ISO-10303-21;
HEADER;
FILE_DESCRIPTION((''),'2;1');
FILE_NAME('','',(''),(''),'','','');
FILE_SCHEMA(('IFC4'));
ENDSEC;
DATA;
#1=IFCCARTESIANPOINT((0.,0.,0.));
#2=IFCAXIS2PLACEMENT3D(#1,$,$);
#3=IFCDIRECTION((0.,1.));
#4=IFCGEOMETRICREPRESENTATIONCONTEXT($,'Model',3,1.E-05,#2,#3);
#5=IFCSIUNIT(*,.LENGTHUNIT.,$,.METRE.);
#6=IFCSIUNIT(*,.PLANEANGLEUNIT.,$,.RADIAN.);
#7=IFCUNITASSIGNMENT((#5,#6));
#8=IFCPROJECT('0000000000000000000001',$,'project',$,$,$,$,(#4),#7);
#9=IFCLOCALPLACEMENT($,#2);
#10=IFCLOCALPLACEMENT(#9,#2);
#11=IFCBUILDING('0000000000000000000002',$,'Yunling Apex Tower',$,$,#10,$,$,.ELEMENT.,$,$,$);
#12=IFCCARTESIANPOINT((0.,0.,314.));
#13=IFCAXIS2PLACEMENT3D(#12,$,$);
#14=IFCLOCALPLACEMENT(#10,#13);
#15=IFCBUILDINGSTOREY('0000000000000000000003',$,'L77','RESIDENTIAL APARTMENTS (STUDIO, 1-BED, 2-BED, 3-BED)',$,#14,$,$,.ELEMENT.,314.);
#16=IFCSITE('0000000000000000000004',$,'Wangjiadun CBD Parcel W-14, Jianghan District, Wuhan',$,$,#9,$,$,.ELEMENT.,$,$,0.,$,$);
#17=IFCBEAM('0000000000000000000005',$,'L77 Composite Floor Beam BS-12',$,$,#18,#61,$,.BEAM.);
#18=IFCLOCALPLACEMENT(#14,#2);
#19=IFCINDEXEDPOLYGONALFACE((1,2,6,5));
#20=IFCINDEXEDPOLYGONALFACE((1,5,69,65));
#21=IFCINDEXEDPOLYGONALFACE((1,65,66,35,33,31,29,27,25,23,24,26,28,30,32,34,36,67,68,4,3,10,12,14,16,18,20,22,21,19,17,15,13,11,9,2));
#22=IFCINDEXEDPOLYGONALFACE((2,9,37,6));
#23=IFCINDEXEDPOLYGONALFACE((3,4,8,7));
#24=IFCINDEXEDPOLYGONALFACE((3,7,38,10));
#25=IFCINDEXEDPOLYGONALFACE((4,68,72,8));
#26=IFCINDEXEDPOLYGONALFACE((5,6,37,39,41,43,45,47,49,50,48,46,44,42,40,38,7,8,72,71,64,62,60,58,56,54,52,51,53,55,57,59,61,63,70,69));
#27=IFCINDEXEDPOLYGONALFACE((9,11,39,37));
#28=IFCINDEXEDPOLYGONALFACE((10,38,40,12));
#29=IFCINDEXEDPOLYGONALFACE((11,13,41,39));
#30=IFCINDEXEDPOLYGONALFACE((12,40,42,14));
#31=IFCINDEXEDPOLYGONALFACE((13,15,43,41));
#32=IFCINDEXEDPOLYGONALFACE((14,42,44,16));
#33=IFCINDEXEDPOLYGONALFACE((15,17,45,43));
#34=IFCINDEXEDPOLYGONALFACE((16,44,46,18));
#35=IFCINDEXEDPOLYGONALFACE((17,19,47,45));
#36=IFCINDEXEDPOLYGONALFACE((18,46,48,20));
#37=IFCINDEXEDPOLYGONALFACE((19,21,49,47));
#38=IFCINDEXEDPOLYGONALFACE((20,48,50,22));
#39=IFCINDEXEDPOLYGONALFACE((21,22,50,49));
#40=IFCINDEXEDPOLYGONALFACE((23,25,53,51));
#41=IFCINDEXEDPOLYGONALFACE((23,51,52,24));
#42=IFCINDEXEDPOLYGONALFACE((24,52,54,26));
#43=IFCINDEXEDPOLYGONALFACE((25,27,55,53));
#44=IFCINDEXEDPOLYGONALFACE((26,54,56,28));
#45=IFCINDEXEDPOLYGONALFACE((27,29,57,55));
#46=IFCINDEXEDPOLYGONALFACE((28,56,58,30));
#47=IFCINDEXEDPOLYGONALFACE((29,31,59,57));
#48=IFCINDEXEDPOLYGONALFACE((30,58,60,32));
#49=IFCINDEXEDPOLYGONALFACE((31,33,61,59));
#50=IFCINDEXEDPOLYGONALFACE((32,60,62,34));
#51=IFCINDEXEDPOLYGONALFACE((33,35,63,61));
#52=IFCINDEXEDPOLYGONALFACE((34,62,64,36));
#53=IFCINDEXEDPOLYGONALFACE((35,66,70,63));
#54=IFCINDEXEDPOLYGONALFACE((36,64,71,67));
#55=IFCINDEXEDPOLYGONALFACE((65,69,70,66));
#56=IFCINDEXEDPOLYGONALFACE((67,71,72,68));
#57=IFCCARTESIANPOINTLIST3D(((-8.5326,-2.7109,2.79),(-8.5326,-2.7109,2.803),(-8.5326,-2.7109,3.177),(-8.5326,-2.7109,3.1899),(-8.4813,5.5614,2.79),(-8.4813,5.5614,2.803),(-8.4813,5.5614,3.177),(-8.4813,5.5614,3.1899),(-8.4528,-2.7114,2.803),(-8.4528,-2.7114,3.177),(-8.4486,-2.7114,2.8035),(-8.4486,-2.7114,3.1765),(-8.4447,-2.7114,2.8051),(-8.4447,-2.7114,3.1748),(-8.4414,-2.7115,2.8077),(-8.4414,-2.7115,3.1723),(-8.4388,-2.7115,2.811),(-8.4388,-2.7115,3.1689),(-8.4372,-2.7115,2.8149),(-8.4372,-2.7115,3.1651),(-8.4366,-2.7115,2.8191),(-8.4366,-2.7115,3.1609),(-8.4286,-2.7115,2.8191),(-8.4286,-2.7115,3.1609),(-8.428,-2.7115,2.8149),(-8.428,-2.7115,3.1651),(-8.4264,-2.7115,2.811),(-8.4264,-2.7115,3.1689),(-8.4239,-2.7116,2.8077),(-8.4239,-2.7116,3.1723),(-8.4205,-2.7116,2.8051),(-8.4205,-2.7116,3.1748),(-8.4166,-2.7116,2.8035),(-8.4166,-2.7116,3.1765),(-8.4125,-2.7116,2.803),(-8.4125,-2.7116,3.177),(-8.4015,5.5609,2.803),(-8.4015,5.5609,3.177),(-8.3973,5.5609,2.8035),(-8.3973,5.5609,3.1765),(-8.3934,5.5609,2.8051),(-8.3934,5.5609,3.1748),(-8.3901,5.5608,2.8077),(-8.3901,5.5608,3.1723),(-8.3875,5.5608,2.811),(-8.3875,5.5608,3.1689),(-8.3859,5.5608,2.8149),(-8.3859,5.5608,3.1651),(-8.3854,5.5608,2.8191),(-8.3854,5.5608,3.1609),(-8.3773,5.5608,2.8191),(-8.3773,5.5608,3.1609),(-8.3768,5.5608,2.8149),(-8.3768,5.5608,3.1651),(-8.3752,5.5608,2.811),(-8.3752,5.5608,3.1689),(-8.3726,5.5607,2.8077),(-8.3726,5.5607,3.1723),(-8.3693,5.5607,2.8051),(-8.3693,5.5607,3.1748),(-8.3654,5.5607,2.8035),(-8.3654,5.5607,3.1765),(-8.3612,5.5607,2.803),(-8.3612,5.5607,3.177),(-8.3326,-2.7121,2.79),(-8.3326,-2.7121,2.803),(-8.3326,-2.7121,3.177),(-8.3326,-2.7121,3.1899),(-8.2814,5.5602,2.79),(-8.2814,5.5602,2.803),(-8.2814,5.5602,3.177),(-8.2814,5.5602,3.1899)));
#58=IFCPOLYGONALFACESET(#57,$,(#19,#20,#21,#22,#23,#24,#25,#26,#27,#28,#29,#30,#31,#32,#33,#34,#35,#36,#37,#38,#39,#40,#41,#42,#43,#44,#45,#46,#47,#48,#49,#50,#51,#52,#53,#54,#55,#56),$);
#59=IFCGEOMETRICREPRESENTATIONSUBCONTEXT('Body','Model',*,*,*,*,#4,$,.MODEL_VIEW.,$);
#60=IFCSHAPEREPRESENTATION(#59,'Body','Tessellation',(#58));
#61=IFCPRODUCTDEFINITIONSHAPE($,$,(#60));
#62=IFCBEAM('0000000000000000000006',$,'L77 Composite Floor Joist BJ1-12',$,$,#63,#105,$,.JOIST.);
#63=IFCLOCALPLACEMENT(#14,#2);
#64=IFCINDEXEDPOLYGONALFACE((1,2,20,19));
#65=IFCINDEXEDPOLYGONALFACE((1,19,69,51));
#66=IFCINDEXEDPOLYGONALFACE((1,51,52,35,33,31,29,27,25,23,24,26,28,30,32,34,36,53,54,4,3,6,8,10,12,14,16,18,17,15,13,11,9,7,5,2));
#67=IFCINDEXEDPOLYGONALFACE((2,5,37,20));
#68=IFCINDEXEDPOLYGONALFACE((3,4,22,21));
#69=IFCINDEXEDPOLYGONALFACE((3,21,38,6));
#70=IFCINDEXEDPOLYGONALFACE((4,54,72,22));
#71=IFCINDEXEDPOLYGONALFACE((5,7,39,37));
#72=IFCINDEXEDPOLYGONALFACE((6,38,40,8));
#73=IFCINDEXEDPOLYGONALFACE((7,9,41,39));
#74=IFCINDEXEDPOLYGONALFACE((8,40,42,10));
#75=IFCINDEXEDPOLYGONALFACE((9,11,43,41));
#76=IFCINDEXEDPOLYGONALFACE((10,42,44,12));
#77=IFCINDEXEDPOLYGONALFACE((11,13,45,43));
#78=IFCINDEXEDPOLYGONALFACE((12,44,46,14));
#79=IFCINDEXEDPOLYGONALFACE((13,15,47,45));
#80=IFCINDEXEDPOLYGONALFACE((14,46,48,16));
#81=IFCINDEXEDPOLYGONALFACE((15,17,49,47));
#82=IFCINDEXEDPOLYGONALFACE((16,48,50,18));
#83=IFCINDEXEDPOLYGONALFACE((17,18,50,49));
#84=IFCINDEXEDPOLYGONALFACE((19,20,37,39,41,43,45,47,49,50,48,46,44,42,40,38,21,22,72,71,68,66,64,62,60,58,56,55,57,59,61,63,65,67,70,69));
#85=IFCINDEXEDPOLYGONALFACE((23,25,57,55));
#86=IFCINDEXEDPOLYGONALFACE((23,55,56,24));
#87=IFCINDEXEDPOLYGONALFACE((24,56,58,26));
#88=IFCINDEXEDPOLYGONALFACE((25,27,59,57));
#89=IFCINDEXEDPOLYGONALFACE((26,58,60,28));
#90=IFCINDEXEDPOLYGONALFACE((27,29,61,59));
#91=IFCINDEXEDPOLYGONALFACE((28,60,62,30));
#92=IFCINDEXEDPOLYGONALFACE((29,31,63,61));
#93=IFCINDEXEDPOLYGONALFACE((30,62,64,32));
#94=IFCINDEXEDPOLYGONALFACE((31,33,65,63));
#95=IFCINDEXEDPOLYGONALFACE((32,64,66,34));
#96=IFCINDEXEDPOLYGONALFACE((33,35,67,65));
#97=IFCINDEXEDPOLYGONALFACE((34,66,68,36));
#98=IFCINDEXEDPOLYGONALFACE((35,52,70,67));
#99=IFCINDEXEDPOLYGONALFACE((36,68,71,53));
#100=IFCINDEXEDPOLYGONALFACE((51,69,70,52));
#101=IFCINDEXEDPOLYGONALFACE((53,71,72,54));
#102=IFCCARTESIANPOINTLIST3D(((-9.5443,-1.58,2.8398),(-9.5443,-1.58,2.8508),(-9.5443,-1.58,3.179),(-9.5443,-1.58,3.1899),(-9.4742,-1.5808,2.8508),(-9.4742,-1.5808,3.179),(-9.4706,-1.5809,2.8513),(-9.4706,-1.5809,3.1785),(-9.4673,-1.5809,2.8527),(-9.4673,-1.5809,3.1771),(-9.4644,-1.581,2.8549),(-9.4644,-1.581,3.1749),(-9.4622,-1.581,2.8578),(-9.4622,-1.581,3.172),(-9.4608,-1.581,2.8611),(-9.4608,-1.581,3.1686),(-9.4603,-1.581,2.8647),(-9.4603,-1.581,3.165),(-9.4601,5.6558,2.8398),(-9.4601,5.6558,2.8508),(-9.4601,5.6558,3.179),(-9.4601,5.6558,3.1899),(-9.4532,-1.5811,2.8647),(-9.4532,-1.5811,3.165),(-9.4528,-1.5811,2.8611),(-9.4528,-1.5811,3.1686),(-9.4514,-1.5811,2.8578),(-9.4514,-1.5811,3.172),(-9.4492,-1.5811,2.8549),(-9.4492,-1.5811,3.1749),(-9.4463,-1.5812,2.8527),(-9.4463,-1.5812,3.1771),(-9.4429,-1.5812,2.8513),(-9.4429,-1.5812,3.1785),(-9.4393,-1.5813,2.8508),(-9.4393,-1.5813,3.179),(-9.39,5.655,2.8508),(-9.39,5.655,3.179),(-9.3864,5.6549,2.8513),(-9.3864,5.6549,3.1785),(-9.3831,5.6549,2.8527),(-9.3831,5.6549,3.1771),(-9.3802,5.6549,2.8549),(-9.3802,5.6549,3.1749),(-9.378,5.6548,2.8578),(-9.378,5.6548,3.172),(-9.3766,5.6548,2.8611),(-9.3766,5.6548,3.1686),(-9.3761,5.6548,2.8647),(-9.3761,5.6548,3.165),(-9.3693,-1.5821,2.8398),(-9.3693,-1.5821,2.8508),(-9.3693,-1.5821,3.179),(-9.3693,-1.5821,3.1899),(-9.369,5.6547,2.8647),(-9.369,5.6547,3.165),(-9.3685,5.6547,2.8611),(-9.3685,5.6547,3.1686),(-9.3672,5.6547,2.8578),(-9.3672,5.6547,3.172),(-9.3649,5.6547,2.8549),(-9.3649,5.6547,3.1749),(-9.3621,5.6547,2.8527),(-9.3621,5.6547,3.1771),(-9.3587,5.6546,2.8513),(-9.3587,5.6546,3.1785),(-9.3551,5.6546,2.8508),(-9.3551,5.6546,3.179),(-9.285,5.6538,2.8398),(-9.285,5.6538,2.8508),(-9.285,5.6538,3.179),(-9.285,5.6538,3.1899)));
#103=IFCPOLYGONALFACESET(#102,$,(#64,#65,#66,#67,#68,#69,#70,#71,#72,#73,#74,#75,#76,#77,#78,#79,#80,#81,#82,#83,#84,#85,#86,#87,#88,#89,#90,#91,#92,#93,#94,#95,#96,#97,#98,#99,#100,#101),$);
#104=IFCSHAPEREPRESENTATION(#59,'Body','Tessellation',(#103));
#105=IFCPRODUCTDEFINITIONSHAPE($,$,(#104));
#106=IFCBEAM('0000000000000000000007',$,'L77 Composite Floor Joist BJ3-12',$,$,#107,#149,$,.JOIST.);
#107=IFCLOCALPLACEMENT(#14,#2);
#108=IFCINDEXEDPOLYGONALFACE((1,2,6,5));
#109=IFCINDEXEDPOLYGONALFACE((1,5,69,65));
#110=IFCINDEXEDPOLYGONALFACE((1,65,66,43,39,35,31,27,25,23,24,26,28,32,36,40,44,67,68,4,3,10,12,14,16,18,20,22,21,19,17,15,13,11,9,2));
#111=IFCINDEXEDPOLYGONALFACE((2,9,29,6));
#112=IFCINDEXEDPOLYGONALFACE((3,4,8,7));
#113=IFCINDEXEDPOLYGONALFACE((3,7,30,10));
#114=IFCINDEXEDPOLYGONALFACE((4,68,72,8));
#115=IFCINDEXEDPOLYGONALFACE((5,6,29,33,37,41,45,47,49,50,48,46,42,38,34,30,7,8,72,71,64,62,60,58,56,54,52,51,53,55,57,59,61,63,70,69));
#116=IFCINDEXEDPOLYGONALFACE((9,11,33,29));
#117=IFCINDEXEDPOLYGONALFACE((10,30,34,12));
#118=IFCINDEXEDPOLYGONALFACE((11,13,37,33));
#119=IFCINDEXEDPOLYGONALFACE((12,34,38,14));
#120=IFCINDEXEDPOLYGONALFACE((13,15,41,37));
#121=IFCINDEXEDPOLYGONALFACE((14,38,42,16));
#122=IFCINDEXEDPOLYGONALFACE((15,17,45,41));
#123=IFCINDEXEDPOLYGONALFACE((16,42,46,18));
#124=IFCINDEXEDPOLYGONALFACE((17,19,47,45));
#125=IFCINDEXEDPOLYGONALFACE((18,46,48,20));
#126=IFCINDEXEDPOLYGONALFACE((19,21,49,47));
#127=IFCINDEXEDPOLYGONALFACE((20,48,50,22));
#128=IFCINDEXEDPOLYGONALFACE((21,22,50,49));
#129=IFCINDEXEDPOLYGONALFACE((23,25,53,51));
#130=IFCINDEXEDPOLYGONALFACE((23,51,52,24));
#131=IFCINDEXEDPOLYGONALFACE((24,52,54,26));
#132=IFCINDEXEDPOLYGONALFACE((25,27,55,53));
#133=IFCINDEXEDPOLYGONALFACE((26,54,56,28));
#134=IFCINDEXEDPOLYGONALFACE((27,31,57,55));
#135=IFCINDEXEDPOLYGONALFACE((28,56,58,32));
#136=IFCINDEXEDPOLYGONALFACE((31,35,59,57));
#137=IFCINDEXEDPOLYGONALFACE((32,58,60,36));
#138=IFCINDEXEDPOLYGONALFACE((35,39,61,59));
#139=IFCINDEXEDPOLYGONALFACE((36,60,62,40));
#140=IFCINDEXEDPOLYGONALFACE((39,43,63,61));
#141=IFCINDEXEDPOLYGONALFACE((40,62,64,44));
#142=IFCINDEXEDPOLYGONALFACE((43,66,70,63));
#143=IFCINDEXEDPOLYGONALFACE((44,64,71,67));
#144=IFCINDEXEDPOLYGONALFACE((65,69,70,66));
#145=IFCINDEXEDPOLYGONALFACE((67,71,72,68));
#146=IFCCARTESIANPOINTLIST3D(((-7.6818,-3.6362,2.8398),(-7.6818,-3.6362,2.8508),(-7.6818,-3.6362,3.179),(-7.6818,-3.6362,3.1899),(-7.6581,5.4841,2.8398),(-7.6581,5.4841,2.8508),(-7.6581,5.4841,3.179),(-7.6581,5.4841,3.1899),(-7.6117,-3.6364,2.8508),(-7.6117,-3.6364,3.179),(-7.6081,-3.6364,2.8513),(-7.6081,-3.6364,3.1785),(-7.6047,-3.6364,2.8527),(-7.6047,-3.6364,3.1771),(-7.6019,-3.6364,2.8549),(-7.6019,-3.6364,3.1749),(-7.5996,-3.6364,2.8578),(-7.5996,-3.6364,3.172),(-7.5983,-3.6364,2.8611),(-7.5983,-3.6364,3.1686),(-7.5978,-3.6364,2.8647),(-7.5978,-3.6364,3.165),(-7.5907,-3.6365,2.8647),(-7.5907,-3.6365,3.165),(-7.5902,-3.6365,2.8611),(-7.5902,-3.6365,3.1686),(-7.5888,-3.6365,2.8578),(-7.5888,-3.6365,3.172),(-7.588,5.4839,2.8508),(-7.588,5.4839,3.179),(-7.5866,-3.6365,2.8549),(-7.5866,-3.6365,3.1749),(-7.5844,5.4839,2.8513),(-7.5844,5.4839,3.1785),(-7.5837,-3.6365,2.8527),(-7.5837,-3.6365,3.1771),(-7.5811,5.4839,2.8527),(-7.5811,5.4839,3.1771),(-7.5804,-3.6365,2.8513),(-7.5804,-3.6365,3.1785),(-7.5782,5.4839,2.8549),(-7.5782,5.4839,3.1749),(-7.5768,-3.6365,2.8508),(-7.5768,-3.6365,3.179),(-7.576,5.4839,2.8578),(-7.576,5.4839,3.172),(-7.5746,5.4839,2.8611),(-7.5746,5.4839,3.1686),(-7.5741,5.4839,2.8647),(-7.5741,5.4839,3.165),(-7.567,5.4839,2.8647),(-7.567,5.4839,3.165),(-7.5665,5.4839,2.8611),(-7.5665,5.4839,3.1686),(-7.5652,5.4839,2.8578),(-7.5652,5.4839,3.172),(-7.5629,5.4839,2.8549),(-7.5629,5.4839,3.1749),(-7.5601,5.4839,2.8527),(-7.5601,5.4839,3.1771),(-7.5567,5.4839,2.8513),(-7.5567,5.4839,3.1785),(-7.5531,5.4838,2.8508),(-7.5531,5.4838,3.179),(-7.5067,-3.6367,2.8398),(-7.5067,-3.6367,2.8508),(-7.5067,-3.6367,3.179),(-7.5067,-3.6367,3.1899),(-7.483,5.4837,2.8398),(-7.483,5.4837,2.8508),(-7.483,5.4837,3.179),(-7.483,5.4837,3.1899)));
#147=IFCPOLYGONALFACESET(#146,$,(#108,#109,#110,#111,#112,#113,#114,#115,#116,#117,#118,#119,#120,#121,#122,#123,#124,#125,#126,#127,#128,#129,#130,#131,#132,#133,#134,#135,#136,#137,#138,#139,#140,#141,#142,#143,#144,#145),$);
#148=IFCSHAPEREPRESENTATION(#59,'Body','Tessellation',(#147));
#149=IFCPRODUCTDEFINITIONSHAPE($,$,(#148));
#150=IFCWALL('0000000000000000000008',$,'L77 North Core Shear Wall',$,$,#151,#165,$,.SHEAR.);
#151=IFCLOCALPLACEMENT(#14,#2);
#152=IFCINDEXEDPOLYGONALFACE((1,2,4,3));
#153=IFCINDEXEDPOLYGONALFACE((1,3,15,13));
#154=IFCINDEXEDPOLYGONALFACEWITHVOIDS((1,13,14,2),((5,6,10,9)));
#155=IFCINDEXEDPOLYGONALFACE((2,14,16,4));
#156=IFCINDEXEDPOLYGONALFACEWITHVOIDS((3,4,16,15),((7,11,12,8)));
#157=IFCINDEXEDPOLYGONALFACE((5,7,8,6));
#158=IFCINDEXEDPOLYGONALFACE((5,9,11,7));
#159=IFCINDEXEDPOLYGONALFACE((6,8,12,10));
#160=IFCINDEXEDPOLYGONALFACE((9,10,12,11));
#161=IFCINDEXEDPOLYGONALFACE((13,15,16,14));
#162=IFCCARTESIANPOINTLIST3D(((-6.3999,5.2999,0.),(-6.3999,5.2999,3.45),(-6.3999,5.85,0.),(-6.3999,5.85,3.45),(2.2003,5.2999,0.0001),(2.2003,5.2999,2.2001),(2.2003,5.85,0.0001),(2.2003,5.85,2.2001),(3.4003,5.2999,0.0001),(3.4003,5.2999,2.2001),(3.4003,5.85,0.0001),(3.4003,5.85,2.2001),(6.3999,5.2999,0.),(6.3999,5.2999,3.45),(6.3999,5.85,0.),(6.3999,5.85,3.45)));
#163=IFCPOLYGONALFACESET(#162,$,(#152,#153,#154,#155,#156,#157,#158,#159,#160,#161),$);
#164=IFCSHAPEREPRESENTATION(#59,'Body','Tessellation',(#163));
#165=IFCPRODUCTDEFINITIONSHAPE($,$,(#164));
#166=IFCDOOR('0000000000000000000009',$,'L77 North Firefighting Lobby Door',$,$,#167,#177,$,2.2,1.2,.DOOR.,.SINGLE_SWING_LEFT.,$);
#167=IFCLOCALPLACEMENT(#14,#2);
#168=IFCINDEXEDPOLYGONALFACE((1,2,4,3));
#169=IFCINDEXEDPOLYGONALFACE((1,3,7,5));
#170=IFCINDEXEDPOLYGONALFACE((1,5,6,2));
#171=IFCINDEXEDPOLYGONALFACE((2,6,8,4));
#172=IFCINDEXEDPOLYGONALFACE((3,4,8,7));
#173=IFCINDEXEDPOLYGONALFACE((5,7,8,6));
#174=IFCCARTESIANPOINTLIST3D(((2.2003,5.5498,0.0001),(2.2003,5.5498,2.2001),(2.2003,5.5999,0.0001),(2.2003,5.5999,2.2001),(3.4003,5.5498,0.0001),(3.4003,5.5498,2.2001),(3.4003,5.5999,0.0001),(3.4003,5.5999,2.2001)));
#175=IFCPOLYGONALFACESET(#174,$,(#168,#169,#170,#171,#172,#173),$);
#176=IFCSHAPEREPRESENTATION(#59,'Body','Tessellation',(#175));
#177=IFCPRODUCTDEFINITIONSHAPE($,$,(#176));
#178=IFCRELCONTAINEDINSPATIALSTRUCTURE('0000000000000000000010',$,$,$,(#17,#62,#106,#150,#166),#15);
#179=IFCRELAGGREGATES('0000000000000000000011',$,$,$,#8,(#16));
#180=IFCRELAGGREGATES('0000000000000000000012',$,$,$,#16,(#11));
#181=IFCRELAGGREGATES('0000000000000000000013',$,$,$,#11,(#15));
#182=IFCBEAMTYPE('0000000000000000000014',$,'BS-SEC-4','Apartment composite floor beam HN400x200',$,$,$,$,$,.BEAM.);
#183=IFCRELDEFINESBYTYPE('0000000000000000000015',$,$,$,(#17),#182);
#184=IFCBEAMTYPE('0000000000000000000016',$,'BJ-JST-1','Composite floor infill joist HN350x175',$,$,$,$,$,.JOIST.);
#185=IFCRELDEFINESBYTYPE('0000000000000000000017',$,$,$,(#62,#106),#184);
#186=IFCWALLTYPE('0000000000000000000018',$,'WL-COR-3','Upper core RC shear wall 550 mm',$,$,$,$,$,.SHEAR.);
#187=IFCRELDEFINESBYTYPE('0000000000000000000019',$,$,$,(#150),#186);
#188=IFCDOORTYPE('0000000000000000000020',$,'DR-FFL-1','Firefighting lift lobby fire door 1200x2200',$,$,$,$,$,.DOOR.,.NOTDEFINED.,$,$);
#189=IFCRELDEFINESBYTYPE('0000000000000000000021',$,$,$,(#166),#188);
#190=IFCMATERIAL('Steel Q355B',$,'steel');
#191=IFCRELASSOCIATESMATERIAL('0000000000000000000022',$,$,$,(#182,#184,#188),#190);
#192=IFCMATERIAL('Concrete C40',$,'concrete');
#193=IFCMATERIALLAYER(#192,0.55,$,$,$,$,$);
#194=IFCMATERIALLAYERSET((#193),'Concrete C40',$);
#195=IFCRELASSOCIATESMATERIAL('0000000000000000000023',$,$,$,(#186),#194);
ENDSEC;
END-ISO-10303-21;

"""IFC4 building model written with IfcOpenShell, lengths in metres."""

from ifc_helpers import new_model, si_unit, direction, frame, frame_2d, origin, origin_2d, place, context, subcontext, project, spatial, rectangle, i_section, extrude, source, transform, mapped, material, layer, layer_set, material_profile, profile_set, type_object, element, fill, save


model = new_model("IFC4")

# Units and contexts
model_context = context("Model", 3, precision=1e-05, world=origin(), true_north=direction((0.0, 1.0)))
body_context = subcontext(model_context, "Body", "Model", "MODEL_VIEW")
ifc_project = project(units=[si_unit("LENGTHUNIT", "METRE"), si_unit("PLANEANGLEUNIT", "RADIAN")], contexts=[model_context])

# Site, building, storey
site_placement = place(None, origin())
site = spatial("IfcSite", under=ifc_project, at=site_placement, Name="Wangjiadun CBD Parcel W-14, Jianghan District, Wuhan", CompositionType="ELEMENT", RefElevation=0.0)
building_placement = place(site_placement, origin())
building = spatial("IfcBuilding", under=site, at=building_placement, Name="Yunling Apex Tower", CompositionType="ELEMENT")
storey_placement = place(building_placement, frame((0.0, 0.0, 314.0)))
storey = spatial("IfcBuildingStorey", under=building, at=storey_placement, Name="L77", Description="RESIDENTIAL APARTMENTS (STUDIO, 1-BED, 2-BED, 3-BED)", CompositionType="ELEMENT", Elevation=314.0)

# Beams
ifc_material_1 = material(Name="Steel Q355B", Category="steel")
ifc_material_profile_1 = material_profile(ifc_material_1, i_section(OverallWidth=0.2, OverallDepth=0.3999, WebThickness=0.0081, FlangeThickness=0.0129, FilletRadius=0.0161, at=origin_2d()))
ifc_profile_set_1 = profile_set([ifc_material_profile_1], Name="Steel Q355B")
beam_type_1 = type_object("IfcBeamType", Name="BS-SEC-4", Description="Apartment composite floor beam HN400x200", PredefinedType="BEAM", material=ifc_profile_set_1)
shared_shape_1 = source(origin(), body_context, "Body", "SweptSolid", [
    extrude(i_section(OverallWidth=0.2, OverallDepth=0.3999, WebThickness=0.0081, FlangeThickness=0.0129, FilletRadius=0.0161, at=origin_2d()), origin(), (0.0, 0.0, 1.0), 8.2725),
])
beam_1_placement = place(storey_placement, frame((-8.3813, 5.5608, 2.99), z_axis=(-0.006198, -0.999981, 0.0), x_axis=(0.999981, -0.006198, 0.0)))
element("IfcBeam", 1, at=beam_1_placement, inside=storey, type_object=beam_type_1, Name="L77 Composite Floor Beam BS-12", PredefinedType="BEAM", context=body_context, shape_type="MappedRepresentation", body=[
    mapped(shared_shape_1, transform((0.0, 0.0, 0.0), scale=1.0)),
])
ifc_material_profile_2 = material_profile(ifc_material_1, i_section(OverallWidth=0.175, OverallDepth=0.3501, WebThickness=0.0071, FlangeThickness=0.011, FilletRadius=0.0139, at=origin_2d()))
ifc_profile_set_2 = profile_set([ifc_material_profile_2], Name="Steel Q355B")
beam_type_2 = type_object("IfcBeamType", Name="BJ-JST-1", Description="Composite floor infill joist HN350x175", PredefinedType="JOIST", material=ifc_profile_set_2)
shared_shape_2 = source(origin(), body_context, "Body", "SweptSolid", [
    extrude(i_section(OverallWidth=0.175, OverallDepth=0.3501, WebThickness=0.0071, FlangeThickness=0.011, FilletRadius=0.0139, at=origin_2d()), origin(), (0.0, 0.0, 1.0), 7.2363),
])
beam_2_placement = place(storey_placement, frame((-9.3726, 5.6548, 3.0149), z_axis=(-0.01164, -0.999932, 0.0), x_axis=(0.999932, -0.01164, 0.0)))
element("IfcBeam", 2, at=beam_2_placement, inside=storey, type_object=beam_type_2, Name="L77 Composite Floor Joist BJ1-12", PredefinedType="JOIST", context=body_context, shape_type="MappedRepresentation", body=[
    mapped(shared_shape_2, transform((0.0, 0.0, 0.0), scale=1.0)),
])
shared_shape_3 = source(origin(), body_context, "Body", "SweptSolid", [
    extrude(i_section(OverallWidth=0.175, OverallDepth=0.3501, WebThickness=0.0071, FlangeThickness=0.011, FilletRadius=0.0139, at=origin_2d()), origin(), (0.0, 0.0, 1.0), 9.1204),
])
beam_3_placement = place(storey_placement, frame((-7.5706, 5.4839, 3.0149), z_axis=(-0.002597, -0.999997, 0.0), x_axis=(0.999997, -0.002597, 0.0)))
element("IfcBeam", 3, at=beam_3_placement, inside=storey, type_object=beam_type_2, Name="L77 Composite Floor Joist BJ3-12", PredefinedType="JOIST", context=body_context, shape_type="MappedRepresentation", body=[
    mapped(shared_shape_3, transform((0.0, 0.0, 0.0), scale=1.0)),
])

# Wall, opening, door
ifc_material_2 = material(Name="Concrete C40", Category="concrete")
ifc_layer_1 = layer(ifc_material_2, 0.55)
ifc_layer_set_1 = layer_set([ifc_layer_1], Name="Concrete C40")
wall_type_1 = type_object("IfcWallType", Name="WL-COR-3", Description="Upper core RC shear wall 550 mm", PredefinedType="SHEAR", material=ifc_layer_set_1)
wall_1_placement = place(storey_placement, frame((-6.3999, 5.575, 0.0), z_axis=(0.0, 0.0, 1.0), x_axis=(1.0, 0.0, 0.0)))
wall_1 = element("IfcWall", 4, at=wall_1_placement, inside=storey, type_object=wall_type_1, Name="L77 North Core Shear Wall", PredefinedType="SHEAR", context=body_context, shape_type="SweptSolid", body=[
    extrude(rectangle(XDim=12.7998, YDim=0.55, at=frame_2d((6.3999, 0.0))), origin(), (0.0, 0.0, 1.0), 3.45),
])
opening_1_placement = place(wall_1_placement, frame((8.6001, 0.0, 0.0)))
opening_1 = element("IfcOpeningElement", 5, at=opening_1_placement, cuts=wall_1, PredefinedType="OPENING", context=body_context, shape_type="SweptSolid", body=[
    extrude(rectangle(XDim=1.2, YDim=2.2, at=frame_2d((0.6001, 1.1001))), frame((0.0, 0.2852, 0.0), z_axis=(0.0, -1.0, 0.0), x_axis=(1.0, 0.0, 0.0)), (0.0, 0.0, 1.0), 0.5701),
])
door_type_1 = type_object("IfcDoorType", Name="DR-FFL-1", Description="Firefighting lift lobby fire door 1200x2200", OperationType="NOTDEFINED", PredefinedType="DOOR", material=ifc_material_1)
door_1_placement = place(opening_1_placement, origin())
door_1 = element("IfcDoor", 6, at=door_1_placement, inside=storey, type_object=door_type_1, Name="L77 North Firefighting Lobby Door", OperationType="SINGLE_SWING_LEFT", OverallHeight=2.2, OverallWidth=1.2, PredefinedType="DOOR", context=body_context, shape_type="SweptSolid", body=[
    extrude(rectangle(XDim=1.2, YDim=2.2, at=frame_2d((0.6001, 1.1001))), frame((0.0, 0.0249, 0.0), z_axis=(0.0, -1.0, 0.0), x_axis=(1.0, 0.0, 0.0)), (0.0, 0.0, 1.0), 0.05),
])
fill(opening_1, door_1)

save(model, "model.ifc")
